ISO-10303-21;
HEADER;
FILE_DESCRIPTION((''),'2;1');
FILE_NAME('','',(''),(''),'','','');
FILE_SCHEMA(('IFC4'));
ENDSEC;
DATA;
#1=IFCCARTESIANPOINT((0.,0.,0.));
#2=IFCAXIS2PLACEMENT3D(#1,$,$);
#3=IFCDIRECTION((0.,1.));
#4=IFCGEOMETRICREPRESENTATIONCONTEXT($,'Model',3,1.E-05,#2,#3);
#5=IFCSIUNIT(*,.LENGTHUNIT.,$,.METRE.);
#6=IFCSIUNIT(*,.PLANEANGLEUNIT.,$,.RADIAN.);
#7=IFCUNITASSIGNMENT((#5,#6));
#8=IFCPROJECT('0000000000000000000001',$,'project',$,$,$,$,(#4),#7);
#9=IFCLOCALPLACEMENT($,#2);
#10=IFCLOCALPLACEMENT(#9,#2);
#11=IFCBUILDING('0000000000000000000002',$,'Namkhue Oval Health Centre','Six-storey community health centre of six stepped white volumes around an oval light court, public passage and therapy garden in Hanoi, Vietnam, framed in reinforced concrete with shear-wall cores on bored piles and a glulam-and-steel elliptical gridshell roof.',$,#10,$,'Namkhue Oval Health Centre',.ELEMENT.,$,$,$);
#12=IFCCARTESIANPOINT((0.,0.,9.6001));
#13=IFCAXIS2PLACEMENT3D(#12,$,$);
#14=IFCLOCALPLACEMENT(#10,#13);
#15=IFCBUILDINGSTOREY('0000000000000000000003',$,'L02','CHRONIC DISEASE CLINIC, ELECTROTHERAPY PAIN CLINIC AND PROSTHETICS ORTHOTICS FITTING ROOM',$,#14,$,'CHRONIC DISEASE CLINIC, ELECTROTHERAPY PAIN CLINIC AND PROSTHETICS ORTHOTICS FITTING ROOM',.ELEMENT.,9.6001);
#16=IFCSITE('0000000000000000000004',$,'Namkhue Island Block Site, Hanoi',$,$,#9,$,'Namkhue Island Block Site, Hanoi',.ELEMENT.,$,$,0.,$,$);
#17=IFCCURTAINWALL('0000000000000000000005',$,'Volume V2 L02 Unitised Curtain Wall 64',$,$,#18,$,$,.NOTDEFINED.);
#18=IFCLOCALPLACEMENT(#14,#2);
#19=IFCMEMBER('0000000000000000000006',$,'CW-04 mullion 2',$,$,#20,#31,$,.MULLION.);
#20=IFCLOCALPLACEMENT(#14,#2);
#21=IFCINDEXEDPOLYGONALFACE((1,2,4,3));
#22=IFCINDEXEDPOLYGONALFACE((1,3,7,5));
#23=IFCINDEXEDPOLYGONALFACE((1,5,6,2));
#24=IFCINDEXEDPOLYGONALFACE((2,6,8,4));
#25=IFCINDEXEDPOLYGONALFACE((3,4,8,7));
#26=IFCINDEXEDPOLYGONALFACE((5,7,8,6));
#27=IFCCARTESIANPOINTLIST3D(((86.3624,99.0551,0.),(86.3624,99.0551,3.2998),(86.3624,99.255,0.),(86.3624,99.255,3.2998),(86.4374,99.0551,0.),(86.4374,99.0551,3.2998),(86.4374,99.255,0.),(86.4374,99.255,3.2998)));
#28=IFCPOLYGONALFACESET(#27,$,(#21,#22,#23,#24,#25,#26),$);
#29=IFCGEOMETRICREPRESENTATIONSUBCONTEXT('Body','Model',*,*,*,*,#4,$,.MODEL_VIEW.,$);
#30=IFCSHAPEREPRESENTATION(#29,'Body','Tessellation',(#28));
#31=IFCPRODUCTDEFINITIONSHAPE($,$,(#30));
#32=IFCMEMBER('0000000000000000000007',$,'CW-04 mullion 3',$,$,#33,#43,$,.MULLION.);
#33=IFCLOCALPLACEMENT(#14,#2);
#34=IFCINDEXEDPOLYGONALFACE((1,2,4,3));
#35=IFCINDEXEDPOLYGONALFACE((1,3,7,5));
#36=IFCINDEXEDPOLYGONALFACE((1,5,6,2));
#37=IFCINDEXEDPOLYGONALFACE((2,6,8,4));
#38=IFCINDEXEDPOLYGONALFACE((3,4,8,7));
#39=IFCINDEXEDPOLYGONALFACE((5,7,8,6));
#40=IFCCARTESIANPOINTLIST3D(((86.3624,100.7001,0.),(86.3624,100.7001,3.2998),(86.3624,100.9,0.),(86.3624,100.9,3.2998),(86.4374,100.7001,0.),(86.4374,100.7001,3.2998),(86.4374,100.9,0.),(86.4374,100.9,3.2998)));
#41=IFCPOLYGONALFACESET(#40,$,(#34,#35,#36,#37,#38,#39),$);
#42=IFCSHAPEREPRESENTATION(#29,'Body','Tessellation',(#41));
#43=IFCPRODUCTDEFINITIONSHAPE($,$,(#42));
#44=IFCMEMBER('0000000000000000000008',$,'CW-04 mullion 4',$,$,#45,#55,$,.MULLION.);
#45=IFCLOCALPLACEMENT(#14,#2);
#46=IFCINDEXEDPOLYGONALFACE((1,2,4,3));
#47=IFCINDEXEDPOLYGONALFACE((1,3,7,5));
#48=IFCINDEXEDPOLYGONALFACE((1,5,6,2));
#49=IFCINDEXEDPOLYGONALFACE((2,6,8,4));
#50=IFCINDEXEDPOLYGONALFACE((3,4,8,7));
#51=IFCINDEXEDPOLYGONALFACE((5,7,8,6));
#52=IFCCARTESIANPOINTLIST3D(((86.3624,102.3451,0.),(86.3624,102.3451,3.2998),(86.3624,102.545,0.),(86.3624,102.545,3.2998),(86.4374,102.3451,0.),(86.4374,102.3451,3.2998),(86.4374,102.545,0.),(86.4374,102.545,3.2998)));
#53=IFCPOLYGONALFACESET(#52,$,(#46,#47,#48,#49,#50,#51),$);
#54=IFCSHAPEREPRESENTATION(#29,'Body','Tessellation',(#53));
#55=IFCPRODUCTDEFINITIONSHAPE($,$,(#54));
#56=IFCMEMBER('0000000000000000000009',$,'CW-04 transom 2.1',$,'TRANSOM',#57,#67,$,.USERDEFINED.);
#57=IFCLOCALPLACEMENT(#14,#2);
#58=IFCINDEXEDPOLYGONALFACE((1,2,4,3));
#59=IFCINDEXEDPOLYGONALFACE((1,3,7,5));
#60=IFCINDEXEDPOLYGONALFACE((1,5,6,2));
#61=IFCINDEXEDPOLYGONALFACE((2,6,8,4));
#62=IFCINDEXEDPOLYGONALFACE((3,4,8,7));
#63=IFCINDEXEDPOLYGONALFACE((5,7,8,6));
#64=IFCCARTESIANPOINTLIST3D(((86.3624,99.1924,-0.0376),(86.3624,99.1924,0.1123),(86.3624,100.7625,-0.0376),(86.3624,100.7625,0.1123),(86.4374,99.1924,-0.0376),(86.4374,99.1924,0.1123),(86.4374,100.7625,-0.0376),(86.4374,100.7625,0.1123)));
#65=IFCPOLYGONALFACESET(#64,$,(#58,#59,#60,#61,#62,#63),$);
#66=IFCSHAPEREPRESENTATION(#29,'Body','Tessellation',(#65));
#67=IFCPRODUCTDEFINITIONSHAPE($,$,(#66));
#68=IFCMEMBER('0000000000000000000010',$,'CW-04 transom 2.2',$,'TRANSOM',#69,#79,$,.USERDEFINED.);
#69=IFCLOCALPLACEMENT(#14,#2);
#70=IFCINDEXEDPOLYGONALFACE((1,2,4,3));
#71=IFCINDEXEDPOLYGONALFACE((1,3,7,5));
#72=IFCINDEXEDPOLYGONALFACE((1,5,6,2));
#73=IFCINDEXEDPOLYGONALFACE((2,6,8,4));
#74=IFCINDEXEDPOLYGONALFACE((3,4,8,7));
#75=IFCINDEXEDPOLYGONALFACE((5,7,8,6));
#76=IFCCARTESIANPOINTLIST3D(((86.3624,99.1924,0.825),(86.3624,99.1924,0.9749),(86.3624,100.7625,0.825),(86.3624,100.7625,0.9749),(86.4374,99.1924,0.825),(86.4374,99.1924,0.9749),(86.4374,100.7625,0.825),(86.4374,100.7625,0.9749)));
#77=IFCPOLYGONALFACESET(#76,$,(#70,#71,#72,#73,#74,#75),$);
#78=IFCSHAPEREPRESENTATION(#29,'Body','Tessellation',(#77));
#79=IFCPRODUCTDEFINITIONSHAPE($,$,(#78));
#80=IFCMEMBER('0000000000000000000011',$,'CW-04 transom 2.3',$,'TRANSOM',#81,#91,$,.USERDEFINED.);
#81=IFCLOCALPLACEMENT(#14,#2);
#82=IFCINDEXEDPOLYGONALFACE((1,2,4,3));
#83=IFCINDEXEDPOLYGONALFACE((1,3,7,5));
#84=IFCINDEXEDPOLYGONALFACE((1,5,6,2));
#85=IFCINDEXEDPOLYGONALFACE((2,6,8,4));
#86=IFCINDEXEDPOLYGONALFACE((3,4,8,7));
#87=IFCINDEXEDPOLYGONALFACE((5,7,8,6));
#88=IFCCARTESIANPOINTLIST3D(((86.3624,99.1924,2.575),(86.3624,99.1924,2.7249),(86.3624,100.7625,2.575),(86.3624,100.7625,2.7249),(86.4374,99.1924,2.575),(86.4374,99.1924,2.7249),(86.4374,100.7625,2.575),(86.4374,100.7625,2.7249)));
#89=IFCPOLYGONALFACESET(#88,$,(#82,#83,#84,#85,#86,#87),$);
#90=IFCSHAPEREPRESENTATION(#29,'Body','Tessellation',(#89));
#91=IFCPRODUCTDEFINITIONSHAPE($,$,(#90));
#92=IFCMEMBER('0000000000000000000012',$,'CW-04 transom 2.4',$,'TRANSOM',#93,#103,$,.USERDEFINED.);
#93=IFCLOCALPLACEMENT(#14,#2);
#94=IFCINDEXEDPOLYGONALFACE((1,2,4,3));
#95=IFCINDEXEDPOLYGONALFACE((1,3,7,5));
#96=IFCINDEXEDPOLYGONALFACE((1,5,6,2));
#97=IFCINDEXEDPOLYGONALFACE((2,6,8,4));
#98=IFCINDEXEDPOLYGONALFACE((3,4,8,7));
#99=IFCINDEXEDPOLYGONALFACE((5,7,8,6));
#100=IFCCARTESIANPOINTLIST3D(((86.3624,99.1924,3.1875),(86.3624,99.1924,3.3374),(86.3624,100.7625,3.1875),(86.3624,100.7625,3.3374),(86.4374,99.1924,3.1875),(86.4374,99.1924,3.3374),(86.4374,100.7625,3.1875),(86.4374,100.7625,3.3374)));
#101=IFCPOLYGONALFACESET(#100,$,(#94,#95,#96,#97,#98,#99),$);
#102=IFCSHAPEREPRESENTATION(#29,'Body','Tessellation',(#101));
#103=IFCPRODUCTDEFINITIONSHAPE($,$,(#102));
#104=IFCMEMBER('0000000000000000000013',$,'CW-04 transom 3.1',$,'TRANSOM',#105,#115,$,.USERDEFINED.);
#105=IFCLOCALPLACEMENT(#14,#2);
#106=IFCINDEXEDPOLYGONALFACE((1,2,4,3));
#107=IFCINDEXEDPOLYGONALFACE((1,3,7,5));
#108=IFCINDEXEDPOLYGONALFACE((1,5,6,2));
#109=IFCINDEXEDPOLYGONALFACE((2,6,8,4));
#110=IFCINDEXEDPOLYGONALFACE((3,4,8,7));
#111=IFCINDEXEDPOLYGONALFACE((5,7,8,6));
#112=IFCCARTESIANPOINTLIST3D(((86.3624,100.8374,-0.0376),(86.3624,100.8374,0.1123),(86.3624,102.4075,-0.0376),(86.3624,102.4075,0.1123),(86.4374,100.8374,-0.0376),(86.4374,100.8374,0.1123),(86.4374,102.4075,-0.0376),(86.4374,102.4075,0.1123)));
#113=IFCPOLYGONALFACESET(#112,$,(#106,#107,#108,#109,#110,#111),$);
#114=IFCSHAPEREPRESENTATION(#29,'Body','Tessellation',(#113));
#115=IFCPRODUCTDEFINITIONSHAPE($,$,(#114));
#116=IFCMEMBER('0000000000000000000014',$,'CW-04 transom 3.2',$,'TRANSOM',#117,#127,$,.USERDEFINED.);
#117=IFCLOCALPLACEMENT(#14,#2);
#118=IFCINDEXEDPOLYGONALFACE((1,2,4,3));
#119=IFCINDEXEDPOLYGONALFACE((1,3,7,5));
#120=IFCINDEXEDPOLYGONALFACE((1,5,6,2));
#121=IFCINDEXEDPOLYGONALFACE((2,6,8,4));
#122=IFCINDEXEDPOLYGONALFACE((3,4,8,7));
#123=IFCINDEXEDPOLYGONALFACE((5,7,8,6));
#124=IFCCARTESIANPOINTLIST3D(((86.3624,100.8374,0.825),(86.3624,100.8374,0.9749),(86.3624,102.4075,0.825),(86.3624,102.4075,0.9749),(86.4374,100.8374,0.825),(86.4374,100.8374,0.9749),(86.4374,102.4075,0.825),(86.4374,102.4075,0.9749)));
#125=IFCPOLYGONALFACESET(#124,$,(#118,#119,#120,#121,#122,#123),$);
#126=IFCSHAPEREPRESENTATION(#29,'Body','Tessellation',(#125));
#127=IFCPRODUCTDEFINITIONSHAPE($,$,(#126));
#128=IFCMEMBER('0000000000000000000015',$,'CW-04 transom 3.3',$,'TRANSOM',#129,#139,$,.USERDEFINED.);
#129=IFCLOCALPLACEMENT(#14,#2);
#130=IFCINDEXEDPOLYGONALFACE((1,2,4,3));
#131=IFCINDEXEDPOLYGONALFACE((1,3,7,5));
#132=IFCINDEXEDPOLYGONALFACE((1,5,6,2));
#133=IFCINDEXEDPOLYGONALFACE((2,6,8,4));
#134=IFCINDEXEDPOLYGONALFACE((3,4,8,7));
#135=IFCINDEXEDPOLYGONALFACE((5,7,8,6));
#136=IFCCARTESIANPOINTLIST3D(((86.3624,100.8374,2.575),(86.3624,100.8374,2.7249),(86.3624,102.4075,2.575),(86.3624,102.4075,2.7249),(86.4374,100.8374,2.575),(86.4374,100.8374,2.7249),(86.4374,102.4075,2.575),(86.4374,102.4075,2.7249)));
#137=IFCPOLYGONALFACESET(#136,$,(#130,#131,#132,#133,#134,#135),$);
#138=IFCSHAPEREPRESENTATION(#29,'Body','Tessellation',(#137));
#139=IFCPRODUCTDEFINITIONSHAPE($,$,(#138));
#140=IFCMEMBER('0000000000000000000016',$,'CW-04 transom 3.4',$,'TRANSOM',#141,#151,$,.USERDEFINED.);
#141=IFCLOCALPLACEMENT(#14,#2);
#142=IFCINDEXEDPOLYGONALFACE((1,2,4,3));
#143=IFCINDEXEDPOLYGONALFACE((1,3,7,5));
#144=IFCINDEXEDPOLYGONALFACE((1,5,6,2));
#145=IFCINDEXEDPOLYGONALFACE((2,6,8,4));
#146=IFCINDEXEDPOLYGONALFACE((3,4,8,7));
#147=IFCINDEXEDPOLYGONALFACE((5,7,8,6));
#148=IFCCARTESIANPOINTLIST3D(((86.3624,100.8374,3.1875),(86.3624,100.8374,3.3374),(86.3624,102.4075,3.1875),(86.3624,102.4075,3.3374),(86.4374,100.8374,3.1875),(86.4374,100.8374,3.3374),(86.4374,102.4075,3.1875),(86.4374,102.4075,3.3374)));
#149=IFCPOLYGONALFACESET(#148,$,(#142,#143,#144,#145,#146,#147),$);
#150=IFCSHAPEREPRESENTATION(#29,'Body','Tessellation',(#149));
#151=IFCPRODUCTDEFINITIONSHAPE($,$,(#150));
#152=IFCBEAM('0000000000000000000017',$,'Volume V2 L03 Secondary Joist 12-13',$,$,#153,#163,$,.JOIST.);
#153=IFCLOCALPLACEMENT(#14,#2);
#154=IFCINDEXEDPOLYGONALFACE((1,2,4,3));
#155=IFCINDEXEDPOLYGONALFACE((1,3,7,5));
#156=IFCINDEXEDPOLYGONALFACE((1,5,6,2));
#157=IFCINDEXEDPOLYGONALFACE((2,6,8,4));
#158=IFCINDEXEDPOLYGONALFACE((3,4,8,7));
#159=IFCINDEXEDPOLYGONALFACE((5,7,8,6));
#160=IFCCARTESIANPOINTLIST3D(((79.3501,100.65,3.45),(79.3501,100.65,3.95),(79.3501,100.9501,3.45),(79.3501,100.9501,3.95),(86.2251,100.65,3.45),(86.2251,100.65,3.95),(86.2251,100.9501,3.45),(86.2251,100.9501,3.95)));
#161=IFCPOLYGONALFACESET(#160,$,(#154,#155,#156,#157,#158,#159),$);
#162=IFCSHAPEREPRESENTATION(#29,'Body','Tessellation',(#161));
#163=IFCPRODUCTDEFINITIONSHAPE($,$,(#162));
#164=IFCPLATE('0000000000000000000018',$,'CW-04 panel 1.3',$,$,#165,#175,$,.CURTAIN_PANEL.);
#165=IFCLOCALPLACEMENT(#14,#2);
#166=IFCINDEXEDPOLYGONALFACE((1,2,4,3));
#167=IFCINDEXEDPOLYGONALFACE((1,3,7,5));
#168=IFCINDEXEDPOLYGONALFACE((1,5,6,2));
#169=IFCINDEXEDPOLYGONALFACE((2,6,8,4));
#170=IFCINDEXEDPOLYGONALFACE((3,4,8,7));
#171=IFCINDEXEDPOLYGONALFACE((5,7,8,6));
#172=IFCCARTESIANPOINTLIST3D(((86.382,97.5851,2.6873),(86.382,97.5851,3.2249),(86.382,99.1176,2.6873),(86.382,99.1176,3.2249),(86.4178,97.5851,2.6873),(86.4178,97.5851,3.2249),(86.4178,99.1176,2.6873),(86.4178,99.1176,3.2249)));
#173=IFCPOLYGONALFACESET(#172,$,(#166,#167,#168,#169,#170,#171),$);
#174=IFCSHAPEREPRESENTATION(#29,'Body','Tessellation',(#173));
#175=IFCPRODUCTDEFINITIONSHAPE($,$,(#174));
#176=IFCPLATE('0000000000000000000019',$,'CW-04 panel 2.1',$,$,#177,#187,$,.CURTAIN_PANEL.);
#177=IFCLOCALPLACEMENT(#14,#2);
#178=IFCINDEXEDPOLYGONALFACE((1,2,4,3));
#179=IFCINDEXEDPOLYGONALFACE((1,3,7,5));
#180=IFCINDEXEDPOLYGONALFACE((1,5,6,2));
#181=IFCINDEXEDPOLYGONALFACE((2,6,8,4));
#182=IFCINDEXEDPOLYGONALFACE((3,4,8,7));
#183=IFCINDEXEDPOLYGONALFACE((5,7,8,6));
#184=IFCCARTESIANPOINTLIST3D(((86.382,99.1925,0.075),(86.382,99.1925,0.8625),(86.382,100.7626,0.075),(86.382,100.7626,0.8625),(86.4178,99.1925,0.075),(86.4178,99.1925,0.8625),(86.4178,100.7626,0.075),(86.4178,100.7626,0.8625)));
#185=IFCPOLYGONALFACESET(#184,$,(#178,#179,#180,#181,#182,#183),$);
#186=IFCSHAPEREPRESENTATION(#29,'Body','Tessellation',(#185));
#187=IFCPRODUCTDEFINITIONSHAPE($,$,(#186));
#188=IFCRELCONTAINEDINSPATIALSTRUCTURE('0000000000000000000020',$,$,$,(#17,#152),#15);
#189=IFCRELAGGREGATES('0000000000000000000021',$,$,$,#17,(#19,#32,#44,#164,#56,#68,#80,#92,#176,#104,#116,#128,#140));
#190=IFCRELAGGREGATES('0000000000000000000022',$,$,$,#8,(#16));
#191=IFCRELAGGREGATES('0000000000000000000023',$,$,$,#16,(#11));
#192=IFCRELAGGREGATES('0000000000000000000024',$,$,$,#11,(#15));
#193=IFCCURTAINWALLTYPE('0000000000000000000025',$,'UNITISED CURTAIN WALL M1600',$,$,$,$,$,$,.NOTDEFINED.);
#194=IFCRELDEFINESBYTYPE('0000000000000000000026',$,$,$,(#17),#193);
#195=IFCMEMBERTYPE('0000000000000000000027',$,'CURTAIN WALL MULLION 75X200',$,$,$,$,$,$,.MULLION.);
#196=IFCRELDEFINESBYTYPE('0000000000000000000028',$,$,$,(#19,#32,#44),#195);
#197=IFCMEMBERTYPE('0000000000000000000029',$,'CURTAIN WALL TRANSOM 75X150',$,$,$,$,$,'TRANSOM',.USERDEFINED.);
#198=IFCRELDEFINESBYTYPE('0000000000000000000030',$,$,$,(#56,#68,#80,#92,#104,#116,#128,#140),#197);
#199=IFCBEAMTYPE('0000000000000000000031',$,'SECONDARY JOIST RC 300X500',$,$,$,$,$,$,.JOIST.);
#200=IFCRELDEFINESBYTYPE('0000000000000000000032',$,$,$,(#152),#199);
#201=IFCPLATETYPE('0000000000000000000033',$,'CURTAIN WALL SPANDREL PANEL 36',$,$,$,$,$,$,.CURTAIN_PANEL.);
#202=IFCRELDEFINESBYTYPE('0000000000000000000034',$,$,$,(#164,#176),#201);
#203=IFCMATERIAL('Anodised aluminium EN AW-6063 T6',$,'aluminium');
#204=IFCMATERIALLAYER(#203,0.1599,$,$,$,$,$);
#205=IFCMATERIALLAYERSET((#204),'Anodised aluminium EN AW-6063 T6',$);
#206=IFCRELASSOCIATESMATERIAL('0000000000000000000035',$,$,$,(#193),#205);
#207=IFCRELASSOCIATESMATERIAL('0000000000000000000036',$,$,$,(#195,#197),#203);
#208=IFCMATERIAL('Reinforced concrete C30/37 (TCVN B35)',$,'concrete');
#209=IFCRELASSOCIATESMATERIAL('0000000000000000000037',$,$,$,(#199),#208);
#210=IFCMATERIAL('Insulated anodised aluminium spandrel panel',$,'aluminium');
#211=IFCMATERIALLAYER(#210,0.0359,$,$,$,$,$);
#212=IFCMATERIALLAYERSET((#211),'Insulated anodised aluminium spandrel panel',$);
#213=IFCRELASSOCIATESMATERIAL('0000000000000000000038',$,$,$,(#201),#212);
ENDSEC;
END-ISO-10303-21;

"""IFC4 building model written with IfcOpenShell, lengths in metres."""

from ifc_helpers import new_model, si_unit, direction, frame, origin, origin_2d, place, context, subcontext, project, spatial, rectangle, extrude, material, layer, layer_set, material_profile, profile_set, type_object, element, aggregate, save


model = new_model("IFC4")

# Units and contexts
model_context = context("Model", 3, precision=1e-05, world=origin(), true_north=direction((0.0, 1.0)))
body_context = subcontext(model_context, "Body", "Model", "MODEL_VIEW")
ifc_project = project(units=[si_unit("LENGTHUNIT", "METRE"), si_unit("PLANEANGLEUNIT", "RADIAN")], contexts=[model_context])

# Site, building, storey
site_placement = place(None, origin())
site = spatial("IfcSite", under=ifc_project, at=site_placement, Name="Namkhue Island Block Site, Hanoi", LongName="Namkhue Island Block Site, Hanoi", CompositionType="ELEMENT", RefElevation=0.0)
building_placement = place(site_placement, origin())
building = spatial("IfcBuilding", under=site, at=building_placement, Name="Namkhue Oval Health Centre", Description="Six-storey community health centre of six stepped white volumes around an oval light court, public passage and therapy garden in Hanoi, Vietnam, framed in reinforced concrete with shear-wall cores on bored piles and a glulam-and-steel elliptical gridshell roof.", LongName="Namkhue Oval Health Centre", CompositionType="ELEMENT")
storey_placement = place(building_placement, frame((0.0, 0.0, 9.6001)))
storey = spatial("IfcBuildingStorey", under=building, at=storey_placement, Name="L02", Description="CHRONIC DISEASE CLINIC, ELECTROTHERAPY PAIN CLINIC AND PROSTHETICS ORTHOTICS FITTING ROOM", LongName="CHRONIC DISEASE CLINIC, ELECTROTHERAPY PAIN CLINIC AND PROSTHETICS ORTHOTICS FITTING ROOM", CompositionType="ELEMENT", Elevation=9.6001)

# Curtain wall, members
ifc_material_1 = material(Name="Anodised aluminium EN AW-6063 T6", Category="aluminium")
ifc_layer_1 = layer(ifc_material_1, 0.1599)
ifc_layer_set_1 = layer_set([ifc_layer_1], Name="Anodised aluminium EN AW-6063 T6")
curtain_wall_type = type_object("IfcCurtainWallType", Name="UNITISED CURTAIN WALL M1600", PredefinedType="NOTDEFINED", material=ifc_layer_set_1)
curtain_wall_placement = place(storey_placement, origin())
curtain_wall = element("IfcCurtainWall", 1, at=curtain_wall_placement, inside=storey, type_object=curtain_wall_type, Name="Volume V2 L02 Unitised Curtain Wall 64", PredefinedType="NOTDEFINED")
ifc_material_profile_1 = material_profile(ifc_material_1, rectangle(XDim=0.075, YDim=0.2, at=origin_2d()), Name="ALU 75x200")
ifc_profile_set_1 = profile_set([ifc_material_profile_1], Name="Anodised aluminium EN AW-6063 T6")
member_type_1 = type_object("IfcMemberType", Name="CURTAIN WALL MULLION 75X200", PredefinedType="MULLION", material=ifc_profile_set_1)
member_1_placement = place(storey_placement, frame((86.3999, 99.155, 0.0), z_axis=(0.0, 0.0, 1.0), x_axis=(-1.0, 0.0, 0.0)))
member_1 = element("IfcMember", 2, at=member_1_placement, type_object=member_type_1, Name="CW-04 mullion 2", PredefinedType="MULLION", context=body_context, shape_type="SweptSolid", body=[
    extrude(rectangle(XDim=0.075, YDim=0.2, at=origin_2d()), origin(), (0.0, 0.0, 1.0), 3.2998),
])
member_2_placement = place(storey_placement, frame((86.3999, 100.8, 0.0), z_axis=(0.0, 0.0, 1.0), x_axis=(-1.0, 0.0, 0.0)))
member_2 = element("IfcMember", 3, at=member_2_placement, type_object=member_type_1, Name="CW-04 mullion 3", PredefinedType="MULLION", context=body_context, shape_type="SweptSolid", body=[
    extrude(rectangle(XDim=0.075, YDim=0.2, at=origin_2d()), origin(), (0.0, 0.0, 1.0), 3.2998),
])
member_3_placement = place(storey_placement, frame((86.3999, 102.4451, 0.0), z_axis=(0.0, 0.0, 1.0), x_axis=(-1.0, 0.0, 0.0)))
member_3 = element("IfcMember", 4, at=member_3_placement, type_object=member_type_1, Name="CW-04 mullion 4", PredefinedType="MULLION", context=body_context, shape_type="SweptSolid", body=[
    extrude(rectangle(XDim=0.075, YDim=0.2, at=origin_2d()), origin(), (0.0, 0.0, 1.0), 3.2998),
])
ifc_material_profile_2 = material_profile(ifc_material_1, rectangle(XDim=0.075, YDim=0.1499, at=origin_2d()), Name="ALU 75x150")
ifc_profile_set_2 = profile_set([ifc_material_profile_2], Name="Anodised aluminium EN AW-6063 T6")
member_type_2 = type_object("IfcMemberType", Name="CURTAIN WALL TRANSOM 75X150", ElementType="TRANSOM", PredefinedType="USERDEFINED", material=ifc_profile_set_2)
member_4_placement = place(storey_placement, frame((86.3999, 99.1924, 0.0374), z_axis=(0.0, 1.0, 0.0), x_axis=(-1.0, 0.0, 0.0)))
member_4 = element("IfcMember", 5, at=member_4_placement, type_object=member_type_2, Name="CW-04 transom 2.1", ObjectType="TRANSOM", PredefinedType="USERDEFINED", context=body_context, shape_type="SweptSolid", body=[
    extrude(rectangle(XDim=0.075, YDim=0.1499, at=origin_2d()), origin(), (0.0, 0.0, 1.0), 1.5701),
])
member_5_placement = place(storey_placement, frame((86.3999, 99.1924, 0.8999), z_axis=(0.0, 1.0, 0.0), x_axis=(-1.0, 0.0, 0.0)))
member_5 = element("IfcMember", 6, at=member_5_placement, type_object=member_type_2, Name="CW-04 transom 2.2", ObjectType="TRANSOM", PredefinedType="USERDEFINED", context=body_context, shape_type="SweptSolid", body=[
    extrude(rectangle(XDim=0.075, YDim=0.1499, at=origin_2d()), origin(), (0.0, 0.0, 1.0), 1.5701),
])
member_6_placement = place(storey_placement, frame((86.3999, 99.1924, 2.6499), z_axis=(0.0, 1.0, 0.0), x_axis=(-1.0, 0.0, 0.0)))
member_6 = element("IfcMember", 7, at=member_6_placement, type_object=member_type_2, Name="CW-04 transom 2.3", ObjectType="TRANSOM", PredefinedType="USERDEFINED", context=body_context, shape_type="SweptSolid", body=[
    extrude(rectangle(XDim=0.075, YDim=0.1499, at=origin_2d()), origin(), (0.0, 0.0, 1.0), 1.5701),
])
member_7_placement = place(storey_placement, frame((86.3999, 99.1924, 3.2625), z_axis=(0.0, 1.0, 0.0), x_axis=(-1.0, 0.0, 0.0)))
member_7 = element("IfcMember", 8, at=member_7_placement, type_object=member_type_2, Name="CW-04 transom 2.4", ObjectType="TRANSOM", PredefinedType="USERDEFINED", context=body_context, shape_type="SweptSolid", body=[
    extrude(rectangle(XDim=0.075, YDim=0.1499, at=origin_2d()), origin(), (0.0, 0.0, 1.0), 1.5701),
])
member_8_placement = place(storey_placement, frame((86.3999, 100.8374, 0.0374), z_axis=(0.0, 1.0, 0.0), x_axis=(-1.0, 0.0, 0.0)))
member_8 = element("IfcMember", 9, at=member_8_placement, type_object=member_type_2, Name="CW-04 transom 3.1", ObjectType="TRANSOM", PredefinedType="USERDEFINED", context=body_context, shape_type="SweptSolid", body=[
    extrude(rectangle(XDim=0.075, YDim=0.1499, at=origin_2d()), origin(), (0.0, 0.0, 1.0), 1.5701),
])
member_9_placement = place(storey_placement, frame((86.3999, 100.8374, 0.8999), z_axis=(0.0, 1.0, 0.0), x_axis=(-1.0, 0.0, 0.0)))
member_9 = element("IfcMember", 10, at=member_9_placement, type_object=member_type_2, Name="CW-04 transom 3.2", ObjectType="TRANSOM", PredefinedType="USERDEFINED", context=body_context, shape_type="SweptSolid", body=[
    extrude(rectangle(XDim=0.075, YDim=0.1499, at=origin_2d()), origin(), (0.0, 0.0, 1.0), 1.5701),
])
member_10_placement = place(storey_placement, frame((86.3999, 100.8374, 2.6499), z_axis=(0.0, 1.0, 0.0), x_axis=(-1.0, 0.0, 0.0)))
member_10 = element("IfcMember", 11, at=member_10_placement, type_object=member_type_2, Name="CW-04 transom 3.3", ObjectType="TRANSOM", PredefinedType="USERDEFINED", context=body_context, shape_type="SweptSolid", body=[
    extrude(rectangle(XDim=0.075, YDim=0.1499, at=origin_2d()), origin(), (0.0, 0.0, 1.0), 1.5701),
])
member_11_placement = place(storey_placement, frame((86.3999, 100.8374, 3.2625), z_axis=(0.0, 1.0, 0.0), x_axis=(-1.0, 0.0, 0.0)))
member_11 = element("IfcMember", 12, at=member_11_placement, type_object=member_type_2, Name="CW-04 transom 3.4", ObjectType="TRANSOM", PredefinedType="USERDEFINED", context=body_context, shape_type="SweptSolid", body=[
    extrude(rectangle(XDim=0.075, YDim=0.1499, at=origin_2d()), origin(), (0.0, 0.0, 1.0), 1.5701),
])

# Beam
ifc_material_2 = material(Name="Reinforced concrete C30/37 (TCVN B35)", Category="concrete")
ifc_material_profile_3 = material_profile(ifc_material_2, rectangle(XDim=0.3, YDim=0.5, at=origin_2d()), Name="RC 300x500")
ifc_profile_set_3 = profile_set([ifc_material_profile_3], Name="Reinforced concrete C30/37 (TCVN B35)")
beam_type = type_object("IfcBeamType", Name="SECONDARY JOIST RC 300X500", PredefinedType="JOIST", material=ifc_profile_set_3)
beam_placement = place(storey_placement, frame((79.3501, 100.8, 3.7), z_axis=(1.0, 0.0, 0.0), x_axis=(0.0, 1.0, 0.0)))
element("IfcBeam", 13, at=beam_placement, inside=storey, type_object=beam_type, Name="Volume V2 L03 Secondary Joist 12-13", PredefinedType="JOIST", context=body_context, shape_type="SweptSolid", body=[
    extrude(rectangle(XDim=0.3, YDim=0.5, at=origin_2d()), origin(), (0.0, 0.0, 1.0), 6.875),
])

# Plates
ifc_material_3 = material(Name="Insulated anodised aluminium spandrel panel", Category="aluminium")
ifc_layer_2 = layer(ifc_material_3, 0.0359)
ifc_layer_set_2 = layer_set([ifc_layer_2], Name="Insulated anodised aluminium spandrel panel")
plate_type = type_object("IfcPlateType", Name="CURTAIN WALL SPANDREL PANEL 36", PredefinedType="CURTAIN_PANEL", material=ifc_layer_set_2)
plate_1_placement = place(storey_placement, frame((86.3999, 98.3513, 2.6873), z_axis=(0.0, 0.0, 1.0), x_axis=(0.0, 1.0, 0.0)))
plate_1 = element("IfcPlate", 14, at=plate_1_placement, type_object=plate_type, Name="CW-04 panel 1.3", PredefinedType="CURTAIN_PANEL", context=body_context, shape_type="SweptSolid", body=[
    extrude(rectangle(XDim=1.5325, YDim=0.0359, at=origin_2d()), origin(), (0.0, 0.0, 1.0), 0.5376),
])
plate_2_placement = place(storey_placement, frame((86.3999, 99.9775, 0.075), z_axis=(0.0, 0.0, 1.0), x_axis=(0.0, 1.0, 0.0)))
plate_2 = element("IfcPlate", 15, at=plate_2_placement, type_object=plate_type, Name="CW-04 panel 2.1", PredefinedType="CURTAIN_PANEL", context=body_context, shape_type="SweptSolid", body=[
    extrude(rectangle(XDim=1.5701, YDim=0.0359, at=origin_2d()), origin(), (0.0, 0.0, 1.0), 0.7876),
])
aggregate(curtain_wall, [member_1, member_2, member_3, plate_1, member_4, member_5, member_6, member_7, plate_2, member_8, member_9, member_10, member_11])

save(model, "model.ifc")
